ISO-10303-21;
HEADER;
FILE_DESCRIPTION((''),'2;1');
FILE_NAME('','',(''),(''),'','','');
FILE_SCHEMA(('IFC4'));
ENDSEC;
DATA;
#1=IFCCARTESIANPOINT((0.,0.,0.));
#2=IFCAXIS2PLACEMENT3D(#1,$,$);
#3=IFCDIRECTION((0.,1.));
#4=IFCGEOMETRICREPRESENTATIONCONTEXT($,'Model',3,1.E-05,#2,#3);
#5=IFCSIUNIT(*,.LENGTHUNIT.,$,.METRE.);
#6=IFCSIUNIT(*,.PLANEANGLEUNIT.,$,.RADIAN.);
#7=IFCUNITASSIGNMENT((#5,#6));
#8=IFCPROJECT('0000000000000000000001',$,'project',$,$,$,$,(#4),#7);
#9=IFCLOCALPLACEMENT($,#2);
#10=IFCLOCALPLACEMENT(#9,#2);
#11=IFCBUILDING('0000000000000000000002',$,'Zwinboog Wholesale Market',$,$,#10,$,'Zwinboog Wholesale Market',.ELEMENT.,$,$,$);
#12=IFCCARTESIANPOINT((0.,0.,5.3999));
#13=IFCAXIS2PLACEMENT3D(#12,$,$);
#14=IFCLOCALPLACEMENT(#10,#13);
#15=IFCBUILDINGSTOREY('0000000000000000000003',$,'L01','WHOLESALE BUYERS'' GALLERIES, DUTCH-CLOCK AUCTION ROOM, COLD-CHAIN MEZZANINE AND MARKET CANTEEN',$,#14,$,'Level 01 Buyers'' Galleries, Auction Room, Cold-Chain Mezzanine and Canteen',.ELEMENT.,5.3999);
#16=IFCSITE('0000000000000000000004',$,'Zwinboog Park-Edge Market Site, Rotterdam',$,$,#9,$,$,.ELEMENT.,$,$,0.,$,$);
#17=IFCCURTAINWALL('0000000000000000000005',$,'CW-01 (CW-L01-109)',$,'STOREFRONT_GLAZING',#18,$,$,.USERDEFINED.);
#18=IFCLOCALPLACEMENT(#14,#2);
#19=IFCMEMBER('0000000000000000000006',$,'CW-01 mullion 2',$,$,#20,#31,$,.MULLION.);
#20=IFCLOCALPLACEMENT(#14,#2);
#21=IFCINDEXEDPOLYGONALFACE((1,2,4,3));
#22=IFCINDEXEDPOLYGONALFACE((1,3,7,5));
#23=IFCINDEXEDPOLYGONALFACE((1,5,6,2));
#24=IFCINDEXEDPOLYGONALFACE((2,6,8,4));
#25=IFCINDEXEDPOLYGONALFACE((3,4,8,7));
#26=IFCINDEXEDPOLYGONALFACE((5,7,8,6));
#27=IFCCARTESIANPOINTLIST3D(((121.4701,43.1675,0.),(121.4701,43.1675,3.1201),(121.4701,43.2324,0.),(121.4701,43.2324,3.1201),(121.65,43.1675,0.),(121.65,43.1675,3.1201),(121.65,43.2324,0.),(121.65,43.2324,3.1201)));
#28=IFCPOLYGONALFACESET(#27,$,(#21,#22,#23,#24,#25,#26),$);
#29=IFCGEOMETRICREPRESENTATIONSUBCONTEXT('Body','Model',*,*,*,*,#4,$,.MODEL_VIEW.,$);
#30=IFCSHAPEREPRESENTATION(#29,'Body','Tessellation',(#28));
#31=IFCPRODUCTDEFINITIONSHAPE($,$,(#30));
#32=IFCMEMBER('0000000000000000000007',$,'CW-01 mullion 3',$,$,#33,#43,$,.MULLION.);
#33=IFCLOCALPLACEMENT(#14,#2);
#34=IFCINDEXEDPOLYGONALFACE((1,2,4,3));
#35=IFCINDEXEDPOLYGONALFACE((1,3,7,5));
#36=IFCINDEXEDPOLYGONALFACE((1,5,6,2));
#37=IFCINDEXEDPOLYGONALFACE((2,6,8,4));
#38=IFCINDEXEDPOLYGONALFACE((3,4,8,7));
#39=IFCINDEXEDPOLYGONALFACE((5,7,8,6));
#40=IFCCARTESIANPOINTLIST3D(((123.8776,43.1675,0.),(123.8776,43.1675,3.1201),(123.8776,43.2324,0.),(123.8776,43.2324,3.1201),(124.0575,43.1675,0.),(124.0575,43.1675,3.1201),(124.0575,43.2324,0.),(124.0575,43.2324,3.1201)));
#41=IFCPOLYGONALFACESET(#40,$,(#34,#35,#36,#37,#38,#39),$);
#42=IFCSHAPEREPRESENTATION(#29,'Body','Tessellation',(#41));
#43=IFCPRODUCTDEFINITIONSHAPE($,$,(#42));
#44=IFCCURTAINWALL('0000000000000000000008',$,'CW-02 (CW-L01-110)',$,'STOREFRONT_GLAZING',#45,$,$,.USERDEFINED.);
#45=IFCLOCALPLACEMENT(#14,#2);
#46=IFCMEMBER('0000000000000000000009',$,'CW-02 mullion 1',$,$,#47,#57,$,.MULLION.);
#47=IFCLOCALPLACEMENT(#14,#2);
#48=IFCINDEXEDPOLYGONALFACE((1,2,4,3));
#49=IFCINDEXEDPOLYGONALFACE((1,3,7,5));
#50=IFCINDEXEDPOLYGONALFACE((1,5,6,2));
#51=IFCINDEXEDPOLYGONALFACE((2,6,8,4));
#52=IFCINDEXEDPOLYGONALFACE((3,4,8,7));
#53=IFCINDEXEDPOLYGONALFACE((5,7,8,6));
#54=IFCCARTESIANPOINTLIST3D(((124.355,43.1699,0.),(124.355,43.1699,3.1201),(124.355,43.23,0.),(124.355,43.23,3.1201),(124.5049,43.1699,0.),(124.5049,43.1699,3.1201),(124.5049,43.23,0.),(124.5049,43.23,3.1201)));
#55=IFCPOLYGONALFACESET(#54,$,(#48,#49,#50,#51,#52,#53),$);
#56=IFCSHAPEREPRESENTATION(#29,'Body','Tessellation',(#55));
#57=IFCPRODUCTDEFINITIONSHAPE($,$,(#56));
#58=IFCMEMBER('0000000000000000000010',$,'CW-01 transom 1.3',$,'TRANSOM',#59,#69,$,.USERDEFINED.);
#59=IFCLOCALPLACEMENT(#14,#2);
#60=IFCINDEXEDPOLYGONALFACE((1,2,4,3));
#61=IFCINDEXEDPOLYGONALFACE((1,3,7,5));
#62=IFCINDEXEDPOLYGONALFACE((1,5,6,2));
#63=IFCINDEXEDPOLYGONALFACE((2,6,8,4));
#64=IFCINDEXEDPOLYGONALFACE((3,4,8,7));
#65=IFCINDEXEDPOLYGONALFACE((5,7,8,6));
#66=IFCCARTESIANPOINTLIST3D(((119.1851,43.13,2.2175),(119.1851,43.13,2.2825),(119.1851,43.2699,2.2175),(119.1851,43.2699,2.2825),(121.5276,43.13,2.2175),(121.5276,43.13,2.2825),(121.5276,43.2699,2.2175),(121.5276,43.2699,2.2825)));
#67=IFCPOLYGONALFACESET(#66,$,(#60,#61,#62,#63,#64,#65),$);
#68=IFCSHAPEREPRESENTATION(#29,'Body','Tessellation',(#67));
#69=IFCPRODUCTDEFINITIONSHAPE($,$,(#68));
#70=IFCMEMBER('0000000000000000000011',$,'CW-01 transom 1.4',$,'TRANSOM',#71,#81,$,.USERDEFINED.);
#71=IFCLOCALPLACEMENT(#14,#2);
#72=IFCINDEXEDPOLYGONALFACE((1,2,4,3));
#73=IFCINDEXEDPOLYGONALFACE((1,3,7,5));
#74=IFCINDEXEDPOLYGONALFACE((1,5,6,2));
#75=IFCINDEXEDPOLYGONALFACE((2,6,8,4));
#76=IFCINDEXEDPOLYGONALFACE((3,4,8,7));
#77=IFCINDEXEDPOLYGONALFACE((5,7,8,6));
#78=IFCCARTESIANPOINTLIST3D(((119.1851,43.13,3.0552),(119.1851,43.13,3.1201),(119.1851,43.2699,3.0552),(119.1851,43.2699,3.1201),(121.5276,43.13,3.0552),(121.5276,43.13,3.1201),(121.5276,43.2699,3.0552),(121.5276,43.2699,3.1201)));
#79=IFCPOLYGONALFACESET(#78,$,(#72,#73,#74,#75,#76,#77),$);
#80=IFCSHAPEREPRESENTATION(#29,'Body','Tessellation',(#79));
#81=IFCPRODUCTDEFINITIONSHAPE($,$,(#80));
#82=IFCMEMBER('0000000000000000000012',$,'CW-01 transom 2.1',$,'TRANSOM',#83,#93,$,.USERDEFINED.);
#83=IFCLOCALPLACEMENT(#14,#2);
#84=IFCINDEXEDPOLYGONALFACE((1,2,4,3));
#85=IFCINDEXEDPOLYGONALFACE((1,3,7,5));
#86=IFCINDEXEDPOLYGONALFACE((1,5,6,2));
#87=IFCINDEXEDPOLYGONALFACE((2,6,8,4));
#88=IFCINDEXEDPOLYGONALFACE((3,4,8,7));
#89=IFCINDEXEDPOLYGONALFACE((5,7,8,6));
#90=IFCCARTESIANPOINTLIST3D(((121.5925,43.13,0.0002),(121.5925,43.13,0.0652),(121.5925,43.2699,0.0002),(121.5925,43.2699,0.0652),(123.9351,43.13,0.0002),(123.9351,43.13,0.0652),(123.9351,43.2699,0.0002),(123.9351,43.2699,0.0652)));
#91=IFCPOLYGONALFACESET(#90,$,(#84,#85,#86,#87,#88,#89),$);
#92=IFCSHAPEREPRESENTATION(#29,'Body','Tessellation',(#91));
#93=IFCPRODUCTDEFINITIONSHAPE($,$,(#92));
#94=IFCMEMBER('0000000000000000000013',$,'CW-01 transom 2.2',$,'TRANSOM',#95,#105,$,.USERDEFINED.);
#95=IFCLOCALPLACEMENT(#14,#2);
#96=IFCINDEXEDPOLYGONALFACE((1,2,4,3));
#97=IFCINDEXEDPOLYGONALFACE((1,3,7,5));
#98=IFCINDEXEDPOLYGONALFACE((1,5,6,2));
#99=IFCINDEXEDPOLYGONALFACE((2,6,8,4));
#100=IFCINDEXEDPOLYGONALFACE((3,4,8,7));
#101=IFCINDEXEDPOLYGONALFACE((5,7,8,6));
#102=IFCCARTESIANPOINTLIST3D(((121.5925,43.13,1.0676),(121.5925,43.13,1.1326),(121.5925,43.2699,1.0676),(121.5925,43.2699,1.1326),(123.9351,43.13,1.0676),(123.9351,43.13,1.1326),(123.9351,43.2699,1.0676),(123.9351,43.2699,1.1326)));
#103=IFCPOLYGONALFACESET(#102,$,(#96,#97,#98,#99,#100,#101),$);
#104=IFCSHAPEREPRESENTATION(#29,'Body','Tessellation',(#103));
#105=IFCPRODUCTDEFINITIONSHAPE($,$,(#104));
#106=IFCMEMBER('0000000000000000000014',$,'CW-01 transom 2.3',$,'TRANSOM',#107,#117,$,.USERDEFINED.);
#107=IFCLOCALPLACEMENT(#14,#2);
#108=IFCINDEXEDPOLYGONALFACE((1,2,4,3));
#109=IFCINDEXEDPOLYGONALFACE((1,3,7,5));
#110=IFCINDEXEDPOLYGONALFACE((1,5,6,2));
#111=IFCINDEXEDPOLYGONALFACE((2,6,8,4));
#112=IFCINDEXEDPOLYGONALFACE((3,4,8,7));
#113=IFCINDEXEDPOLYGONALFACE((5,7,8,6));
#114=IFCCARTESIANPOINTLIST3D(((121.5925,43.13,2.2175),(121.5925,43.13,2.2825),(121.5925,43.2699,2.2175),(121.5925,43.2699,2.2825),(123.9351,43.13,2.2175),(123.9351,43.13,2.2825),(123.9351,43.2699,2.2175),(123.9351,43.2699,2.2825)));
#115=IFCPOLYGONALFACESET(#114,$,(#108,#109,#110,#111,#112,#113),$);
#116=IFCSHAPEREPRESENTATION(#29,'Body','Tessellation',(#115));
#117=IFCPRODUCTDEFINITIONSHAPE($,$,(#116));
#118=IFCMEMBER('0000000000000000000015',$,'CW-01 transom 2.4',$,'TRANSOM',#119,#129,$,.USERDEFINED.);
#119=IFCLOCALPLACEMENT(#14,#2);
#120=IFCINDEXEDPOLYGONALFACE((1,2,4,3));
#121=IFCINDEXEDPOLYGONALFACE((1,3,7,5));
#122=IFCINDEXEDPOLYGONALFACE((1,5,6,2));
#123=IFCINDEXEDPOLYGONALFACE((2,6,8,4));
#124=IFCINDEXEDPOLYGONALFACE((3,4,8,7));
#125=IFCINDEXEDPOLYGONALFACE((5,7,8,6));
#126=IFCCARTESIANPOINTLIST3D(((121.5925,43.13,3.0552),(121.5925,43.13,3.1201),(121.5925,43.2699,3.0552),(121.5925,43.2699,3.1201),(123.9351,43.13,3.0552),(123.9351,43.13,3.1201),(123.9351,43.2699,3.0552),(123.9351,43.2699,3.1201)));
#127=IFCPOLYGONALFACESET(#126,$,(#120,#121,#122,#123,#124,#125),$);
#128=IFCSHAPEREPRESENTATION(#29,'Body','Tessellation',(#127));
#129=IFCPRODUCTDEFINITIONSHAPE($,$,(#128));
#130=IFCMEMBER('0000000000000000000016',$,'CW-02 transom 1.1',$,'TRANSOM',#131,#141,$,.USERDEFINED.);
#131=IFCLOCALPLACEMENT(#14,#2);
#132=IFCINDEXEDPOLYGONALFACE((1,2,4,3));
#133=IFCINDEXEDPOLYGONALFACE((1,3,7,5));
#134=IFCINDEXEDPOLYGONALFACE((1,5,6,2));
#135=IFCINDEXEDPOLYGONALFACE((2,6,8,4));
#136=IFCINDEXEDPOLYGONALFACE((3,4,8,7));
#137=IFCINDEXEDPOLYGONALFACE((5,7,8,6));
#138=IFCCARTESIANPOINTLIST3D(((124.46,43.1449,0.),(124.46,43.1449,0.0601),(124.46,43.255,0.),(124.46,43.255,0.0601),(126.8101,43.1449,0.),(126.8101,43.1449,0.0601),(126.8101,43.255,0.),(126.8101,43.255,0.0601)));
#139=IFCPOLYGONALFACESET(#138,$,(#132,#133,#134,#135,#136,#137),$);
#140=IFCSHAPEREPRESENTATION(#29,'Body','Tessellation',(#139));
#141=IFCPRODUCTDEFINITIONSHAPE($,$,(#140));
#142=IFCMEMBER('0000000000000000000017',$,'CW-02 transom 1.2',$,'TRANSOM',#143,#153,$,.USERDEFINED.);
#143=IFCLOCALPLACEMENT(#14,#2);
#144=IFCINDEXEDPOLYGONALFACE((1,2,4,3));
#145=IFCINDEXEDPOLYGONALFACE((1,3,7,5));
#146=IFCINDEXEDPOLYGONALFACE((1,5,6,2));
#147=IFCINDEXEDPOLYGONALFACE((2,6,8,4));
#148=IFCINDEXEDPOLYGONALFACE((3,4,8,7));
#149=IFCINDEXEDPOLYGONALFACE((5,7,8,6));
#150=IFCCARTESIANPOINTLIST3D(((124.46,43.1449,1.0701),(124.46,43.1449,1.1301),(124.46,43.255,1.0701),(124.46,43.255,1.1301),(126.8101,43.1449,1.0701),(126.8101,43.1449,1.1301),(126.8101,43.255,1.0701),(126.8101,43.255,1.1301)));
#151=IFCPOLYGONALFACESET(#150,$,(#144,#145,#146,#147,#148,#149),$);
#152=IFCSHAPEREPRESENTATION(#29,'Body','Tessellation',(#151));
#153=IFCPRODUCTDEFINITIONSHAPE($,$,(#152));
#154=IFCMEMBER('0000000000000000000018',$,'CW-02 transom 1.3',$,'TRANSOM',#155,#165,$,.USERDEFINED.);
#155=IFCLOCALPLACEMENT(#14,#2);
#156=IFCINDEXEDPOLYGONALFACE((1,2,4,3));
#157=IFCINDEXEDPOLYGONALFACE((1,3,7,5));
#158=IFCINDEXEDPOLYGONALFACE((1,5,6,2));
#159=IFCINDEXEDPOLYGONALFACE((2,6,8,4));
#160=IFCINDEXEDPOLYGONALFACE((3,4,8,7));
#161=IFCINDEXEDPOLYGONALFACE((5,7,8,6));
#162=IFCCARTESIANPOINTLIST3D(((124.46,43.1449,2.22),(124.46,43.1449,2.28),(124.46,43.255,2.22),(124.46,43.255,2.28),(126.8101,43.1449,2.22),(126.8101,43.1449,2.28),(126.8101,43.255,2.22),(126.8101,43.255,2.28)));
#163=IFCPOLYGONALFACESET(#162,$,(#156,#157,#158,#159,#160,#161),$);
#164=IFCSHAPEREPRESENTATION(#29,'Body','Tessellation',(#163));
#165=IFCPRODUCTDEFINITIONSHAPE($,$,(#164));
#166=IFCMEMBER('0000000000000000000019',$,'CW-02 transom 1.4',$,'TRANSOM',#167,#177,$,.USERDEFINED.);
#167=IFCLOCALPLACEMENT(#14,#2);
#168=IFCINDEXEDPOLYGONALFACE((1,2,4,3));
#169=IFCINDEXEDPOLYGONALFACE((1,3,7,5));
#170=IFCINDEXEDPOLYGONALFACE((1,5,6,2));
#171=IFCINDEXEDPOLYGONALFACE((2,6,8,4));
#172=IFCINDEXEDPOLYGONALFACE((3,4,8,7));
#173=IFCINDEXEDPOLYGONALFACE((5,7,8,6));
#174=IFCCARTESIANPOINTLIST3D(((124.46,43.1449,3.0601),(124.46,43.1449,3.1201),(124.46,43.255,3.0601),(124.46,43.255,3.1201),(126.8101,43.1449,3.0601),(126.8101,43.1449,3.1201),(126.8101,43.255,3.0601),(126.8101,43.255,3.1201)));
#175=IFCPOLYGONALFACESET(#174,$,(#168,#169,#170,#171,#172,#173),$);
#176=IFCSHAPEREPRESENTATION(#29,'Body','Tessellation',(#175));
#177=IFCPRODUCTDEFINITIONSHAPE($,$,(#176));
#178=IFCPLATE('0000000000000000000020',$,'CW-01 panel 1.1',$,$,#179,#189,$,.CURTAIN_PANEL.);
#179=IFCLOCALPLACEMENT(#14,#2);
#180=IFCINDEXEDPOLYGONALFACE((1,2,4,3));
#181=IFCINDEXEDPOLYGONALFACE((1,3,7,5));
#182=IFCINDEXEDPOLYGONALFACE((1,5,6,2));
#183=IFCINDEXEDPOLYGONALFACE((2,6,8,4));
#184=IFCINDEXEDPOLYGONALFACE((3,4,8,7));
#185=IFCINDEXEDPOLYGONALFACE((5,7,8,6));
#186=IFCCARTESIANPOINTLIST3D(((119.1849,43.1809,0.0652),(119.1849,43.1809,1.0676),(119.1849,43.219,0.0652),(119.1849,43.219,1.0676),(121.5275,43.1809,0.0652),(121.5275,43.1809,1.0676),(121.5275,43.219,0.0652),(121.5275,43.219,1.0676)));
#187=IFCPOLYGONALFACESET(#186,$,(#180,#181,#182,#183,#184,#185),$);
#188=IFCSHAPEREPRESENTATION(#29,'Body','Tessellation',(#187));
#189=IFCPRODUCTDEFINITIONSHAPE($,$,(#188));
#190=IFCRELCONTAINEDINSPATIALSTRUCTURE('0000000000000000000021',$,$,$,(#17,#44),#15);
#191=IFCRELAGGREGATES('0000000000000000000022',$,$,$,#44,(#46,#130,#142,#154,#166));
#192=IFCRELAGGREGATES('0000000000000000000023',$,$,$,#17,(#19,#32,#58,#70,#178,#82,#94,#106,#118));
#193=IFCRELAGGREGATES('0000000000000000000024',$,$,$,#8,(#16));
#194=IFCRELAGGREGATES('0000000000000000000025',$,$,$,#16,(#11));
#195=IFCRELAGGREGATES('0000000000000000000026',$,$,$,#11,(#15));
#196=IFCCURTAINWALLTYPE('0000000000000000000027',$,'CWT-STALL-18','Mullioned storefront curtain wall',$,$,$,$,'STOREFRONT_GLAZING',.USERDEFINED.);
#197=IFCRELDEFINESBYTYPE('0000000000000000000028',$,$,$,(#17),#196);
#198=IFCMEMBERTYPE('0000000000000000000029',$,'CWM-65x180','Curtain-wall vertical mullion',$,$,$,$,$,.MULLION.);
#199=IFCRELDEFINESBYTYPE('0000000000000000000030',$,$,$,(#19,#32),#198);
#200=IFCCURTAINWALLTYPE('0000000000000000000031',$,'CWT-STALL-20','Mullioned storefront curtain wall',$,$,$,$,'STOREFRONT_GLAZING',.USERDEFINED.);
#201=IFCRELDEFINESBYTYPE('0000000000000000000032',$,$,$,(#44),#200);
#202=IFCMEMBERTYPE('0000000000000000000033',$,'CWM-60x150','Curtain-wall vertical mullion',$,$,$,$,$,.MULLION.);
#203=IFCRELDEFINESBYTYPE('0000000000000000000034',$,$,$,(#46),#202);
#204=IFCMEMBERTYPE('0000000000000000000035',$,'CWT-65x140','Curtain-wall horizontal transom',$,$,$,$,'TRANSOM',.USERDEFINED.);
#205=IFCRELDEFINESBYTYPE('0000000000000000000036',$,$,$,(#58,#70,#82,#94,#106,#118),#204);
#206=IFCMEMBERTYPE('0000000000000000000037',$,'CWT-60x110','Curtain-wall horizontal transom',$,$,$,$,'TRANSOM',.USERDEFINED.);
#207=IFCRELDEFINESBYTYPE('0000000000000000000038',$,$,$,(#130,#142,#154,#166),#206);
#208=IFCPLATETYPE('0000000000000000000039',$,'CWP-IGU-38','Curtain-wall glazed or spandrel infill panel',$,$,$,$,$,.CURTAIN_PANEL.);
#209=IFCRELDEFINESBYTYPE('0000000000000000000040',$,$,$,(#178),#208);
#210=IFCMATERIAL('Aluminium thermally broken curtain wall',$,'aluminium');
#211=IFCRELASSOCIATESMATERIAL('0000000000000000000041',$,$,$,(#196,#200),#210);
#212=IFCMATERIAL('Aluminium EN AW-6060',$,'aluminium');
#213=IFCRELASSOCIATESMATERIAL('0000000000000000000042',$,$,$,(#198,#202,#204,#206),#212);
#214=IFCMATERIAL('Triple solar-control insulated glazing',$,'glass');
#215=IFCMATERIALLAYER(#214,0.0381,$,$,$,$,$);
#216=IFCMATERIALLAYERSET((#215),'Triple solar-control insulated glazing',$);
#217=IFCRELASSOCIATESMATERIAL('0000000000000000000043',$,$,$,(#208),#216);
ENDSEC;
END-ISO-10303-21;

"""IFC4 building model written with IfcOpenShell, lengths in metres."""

from ifc_helpers import new_model, si_unit, direction, frame, origin, origin_2d, place, context, subcontext, project, spatial, rectangle, extrude, material, layer, layer_set, material_profile, profile_set, type_object, element, aggregate, save


model = new_model("IFC4")

# Units and contexts
model_context = context("Model", 3, precision=1e-05, world=origin(), true_north=direction((0.0, 1.0)))
body_context = subcontext(model_context, "Body", "Model", "MODEL_VIEW")
ifc_project = project(units=[si_unit("LENGTHUNIT", "METRE"), si_unit("PLANEANGLEUNIT", "RADIAN")], contexts=[model_context])

# Site, building, storey
site_placement = place(None, origin())
site = spatial("IfcSite", under=ifc_project, at=site_placement, Name="Zwinboog Park-Edge Market Site, Rotterdam", CompositionType="ELEMENT", RefElevation=0.0)
building_placement = place(site_placement, origin())
building = spatial("IfcBuilding", under=site, at=building_placement, Name="Zwinboog Wholesale Market", LongName="Zwinboog Wholesale Market", CompositionType="ELEMENT")
storey_placement = place(building_placement, frame((0.0, 0.0, 5.3999)))
storey = spatial("IfcBuildingStorey", under=building, at=storey_placement, Name="L01", Description="WHOLESALE BUYERS' GALLERIES, DUTCH-CLOCK AUCTION ROOM, COLD-CHAIN MEZZANINE AND MARKET CANTEEN", LongName="Level 01 Buyers' Galleries, Auction Room, Cold-Chain Mezzanine and Canteen", CompositionType="ELEMENT", Elevation=5.3999)

# Curtain wall, members
ifc_material_1 = material(Name="Aluminium thermally broken curtain wall", Category="aluminium")
curtain_wall_type_1 = type_object("IfcCurtainWallType", Name="CWT-STALL-18", Description="Mullioned storefront curtain wall", ElementType="STOREFRONT_GLAZING", PredefinedType="USERDEFINED", material=ifc_material_1)
curtain_wall_1_placement = place(storey_placement, origin())
curtain_wall_1 = element("IfcCurtainWall", 1, at=curtain_wall_1_placement, inside=storey, type_object=curtain_wall_type_1, Name="CW-01 (CW-L01-109)", ObjectType="STOREFRONT_GLAZING", PredefinedType="USERDEFINED")
ifc_material_2 = material(Name="Aluminium EN AW-6060", Category="aluminium")
ifc_material_profile_1 = material_profile(ifc_material_2, rectangle(XDim=0.0649, YDim=0.1799, at=origin_2d()), Name="AL 65x180")
ifc_profile_set_1 = profile_set([ifc_material_profile_1], Name="Aluminium EN AW-6060")
member_type_1 = type_object("IfcMemberType", Name="CWM-65x180", Description="Curtain-wall vertical mullion", PredefinedType="MULLION", material=ifc_profile_set_1)
member_1_placement = place(storey_placement, frame((121.5601, 43.2, 0.0), z_axis=(0.0, 0.0, 1.0), x_axis=(0.0, 1.0, 0.0)))
member_1 = element("IfcMember", 2, at=member_1_placement, type_object=member_type_1, Name="CW-01 mullion 2", PredefinedType="MULLION", context=body_context, shape_type="SweptSolid", body=[
    extrude(rectangle(XDim=0.0649, YDim=0.1799, at=origin_2d()), origin(), (0.0, 0.0, 1.0), 3.1201),
])
member_2_placement = place(storey_placement, frame((123.9675, 43.2, 0.0), z_axis=(0.0, 0.0, 1.0), x_axis=(0.0, 1.0, 0.0)))
member_2 = element("IfcMember", 3, at=member_2_placement, type_object=member_type_1, Name="CW-01 mullion 3", PredefinedType="MULLION", context=body_context, shape_type="SweptSolid", body=[
    extrude(rectangle(XDim=0.0649, YDim=0.1799, at=origin_2d()), origin(), (0.0, 0.0, 1.0), 3.1201),
])

# Curtain wall, member
curtain_wall_type_2 = type_object("IfcCurtainWallType", Name="CWT-STALL-20", Description="Mullioned storefront curtain wall", ElementType="STOREFRONT_GLAZING", PredefinedType="USERDEFINED", material=ifc_material_1)
curtain_wall_2_placement = place(storey_placement, origin())
curtain_wall_2 = element("IfcCurtainWall", 4, at=curtain_wall_2_placement, inside=storey, type_object=curtain_wall_type_2, Name="CW-02 (CW-L01-110)", ObjectType="STOREFRONT_GLAZING", PredefinedType="USERDEFINED")
ifc_material_profile_2 = material_profile(ifc_material_2, rectangle(XDim=0.0601, YDim=0.1499, at=origin_2d()), Name="AL 60x150")
ifc_profile_set_2 = profile_set([ifc_material_profile_2], Name="Aluminium EN AW-6060")
member_type_2 = type_object("IfcMemberType", Name="CWM-60x150", Description="Curtain-wall vertical mullion", PredefinedType="MULLION", material=ifc_profile_set_2)
member_3_placement = place(storey_placement, frame((124.4299, 43.2, 0.0), z_axis=(0.0, 0.0, 1.0), x_axis=(0.0, 1.0, 0.0)))
member_3 = element("IfcMember", 5, at=member_3_placement, type_object=member_type_2, Name="CW-02 mullion 1", PredefinedType="MULLION", context=body_context, shape_type="SweptSolid", body=[
    extrude(rectangle(XDim=0.0601, YDim=0.1499, at=origin_2d()), origin(), (0.0, 0.0, 1.0), 3.1201),
])

# Members
ifc_material_profile_3 = material_profile(ifc_material_2, rectangle(XDim=0.1399, YDim=0.0649, at=origin_2d()), Name="AL 65x140")
ifc_profile_set_3 = profile_set([ifc_material_profile_3], Name="Aluminium EN AW-6060")
member_type_3 = type_object("IfcMemberType", Name="CWT-65x140", Description="Curtain-wall horizontal transom", ElementType="TRANSOM", PredefinedType="USERDEFINED", material=ifc_profile_set_3)
member_4_placement = place(storey_placement, frame((119.1851, 43.2, 2.25), z_axis=(1.0, 0.0, 0.0), x_axis=(0.0, 1.0, 0.0)))
member_4 = element("IfcMember", 6, at=member_4_placement, type_object=member_type_3, Name="CW-01 transom 1.3", ObjectType="TRANSOM", PredefinedType="USERDEFINED", context=body_context, shape_type="SweptSolid", body=[
    extrude(rectangle(XDim=0.1399, YDim=0.0649, at=origin_2d()), origin(), (0.0, 0.0, 1.0), 2.3425),
])
member_5_placement = place(storey_placement, frame((119.1851, 43.2, 3.0876), z_axis=(1.0, 0.0, 0.0), x_axis=(0.0, 1.0, 0.0)))
member_5 = element("IfcMember", 7, at=member_5_placement, type_object=member_type_3, Name="CW-01 transom 1.4", ObjectType="TRANSOM", PredefinedType="USERDEFINED", context=body_context, shape_type="SweptSolid", body=[
    extrude(rectangle(XDim=0.1399, YDim=0.0649, at=origin_2d()), origin(), (0.0, 0.0, 1.0), 2.3425),
])
member_6_placement = place(storey_placement, frame((121.5925, 43.2, 0.0327), z_axis=(1.0, 0.0, 0.0), x_axis=(0.0, 1.0, 0.0)))
member_6 = element("IfcMember", 8, at=member_6_placement, type_object=member_type_3, Name="CW-01 transom 2.1", ObjectType="TRANSOM", PredefinedType="USERDEFINED", context=body_context, shape_type="SweptSolid", body=[
    extrude(rectangle(XDim=0.1399, YDim=0.0649, at=origin_2d()), origin(), (0.0, 0.0, 1.0), 2.3425),
])
member_7_placement = place(storey_placement, frame((121.5925, 43.2, 1.1001), z_axis=(1.0, 0.0, 0.0), x_axis=(0.0, 1.0, 0.0)))
member_7 = element("IfcMember", 9, at=member_7_placement, type_object=member_type_3, Name="CW-01 transom 2.2", ObjectType="TRANSOM", PredefinedType="USERDEFINED", context=body_context, shape_type="SweptSolid", body=[
    extrude(rectangle(XDim=0.1399, YDim=0.0649, at=origin_2d()), origin(), (0.0, 0.0, 1.0), 2.3425),
])
member_8_placement = place(storey_placement, frame((121.5925, 43.2, 2.25), z_axis=(1.0, 0.0, 0.0), x_axis=(0.0, 1.0, 0.0)))
member_8 = element("IfcMember", 10, at=member_8_placement, type_object=member_type_3, Name="CW-01 transom 2.3", ObjectType="TRANSOM", PredefinedType="USERDEFINED", context=body_context, shape_type="SweptSolid", body=[
    extrude(rectangle(XDim=0.1399, YDim=0.0649, at=origin_2d()), origin(), (0.0, 0.0, 1.0), 2.3425),
])
member_9_placement = place(storey_placement, frame((121.5925, 43.2, 3.0876), z_axis=(1.0, 0.0, 0.0), x_axis=(0.0, 1.0, 0.0)))
member_9 = element("IfcMember", 11, at=member_9_placement, type_object=member_type_3, Name="CW-01 transom 2.4", ObjectType="TRANSOM", PredefinedType="USERDEFINED", context=body_context, shape_type="SweptSolid", body=[
    extrude(rectangle(XDim=0.1399, YDim=0.0649, at=origin_2d()), origin(), (0.0, 0.0, 1.0), 2.3425),
])
ifc_material_profile_4 = material_profile(ifc_material_2, rectangle(XDim=0.1101, YDim=0.0601, at=origin_2d()), Name="AL 60x110")
ifc_profile_set_4 = profile_set([ifc_material_profile_4], Name="Aluminium EN AW-6060")
member_type_4 = type_object("IfcMemberType", Name="CWT-60x110", Description="Curtain-wall horizontal transom", ElementType="TRANSOM", PredefinedType="USERDEFINED", material=ifc_profile_set_4)
member_10_placement = place(storey_placement, frame((124.46, 43.2, 0.03), z_axis=(1.0, 0.0, 0.0), x_axis=(0.0, 1.0, 0.0)))
member_10 = element("IfcMember", 12, at=member_10_placement, type_object=member_type_4, Name="CW-02 transom 1.1", ObjectType="TRANSOM", PredefinedType="USERDEFINED", context=body_context, shape_type="SweptSolid", body=[
    extrude(rectangle(XDim=0.1101, YDim=0.0601, at=origin_2d()), origin(), (0.0, 0.0, 1.0), 2.3501),
])
member_11_placement = place(storey_placement, frame((124.46, 43.2, 1.1001), z_axis=(1.0, 0.0, 0.0), x_axis=(0.0, 1.0, 0.0)))
member_11 = element("IfcMember", 13, at=member_11_placement, type_object=member_type_4, Name="CW-02 transom 1.2", ObjectType="TRANSOM", PredefinedType="USERDEFINED", context=body_context, shape_type="SweptSolid", body=[
    extrude(rectangle(XDim=0.1101, YDim=0.0601, at=origin_2d()), origin(), (0.0, 0.0, 1.0), 2.3501),
])
member_12_placement = place(storey_placement, frame((124.46, 43.2, 2.25), z_axis=(1.0, 0.0, 0.0), x_axis=(0.0, 1.0, 0.0)))
member_12 = element("IfcMember", 14, at=member_12_placement, type_object=member_type_4, Name="CW-02 transom 1.3", ObjectType="TRANSOM", PredefinedType="USERDEFINED", context=body_context, shape_type="SweptSolid", body=[
    extrude(rectangle(XDim=0.1101, YDim=0.0601, at=origin_2d()), origin(), (0.0, 0.0, 1.0), 2.3501),
])
member_13_placement = place(storey_placement, frame((124.46, 43.2, 3.0901), z_axis=(1.0, 0.0, 0.0), x_axis=(0.0, 1.0, 0.0)))
member_13 = element("IfcMember", 15, at=member_13_placement, type_object=member_type_4, Name="CW-02 transom 1.4", ObjectType="TRANSOM", PredefinedType="USERDEFINED", context=body_context, shape_type="SweptSolid", body=[
    extrude(rectangle(XDim=0.1101, YDim=0.0601, at=origin_2d()), origin(), (0.0, 0.0, 1.0), 2.3501),
])
aggregate(curtain_wall_2, [member_3, member_10, member_11, member_12, member_13])

# Plate
ifc_material_3 = material(Name="Triple solar-control insulated glazing", Category="glass")
ifc_layer_1 = layer(ifc_material_3, 0.0381)
ifc_layer_set_1 = layer_set([ifc_layer_1], Name="Triple solar-control insulated glazing")
plate_type = type_object("IfcPlateType", Name="CWP-IGU-38", Description="Curtain-wall glazed or spandrel infill panel", PredefinedType="CURTAIN_PANEL", material=ifc_layer_set_1)
plate_1_placement = place(storey_placement, frame((120.3562, 43.2, 0.0652), z_axis=(0.0, 0.0, 1.0), x_axis=(1.0, 0.0, 0.0)))
plate_1 = element("IfcPlate", 16, at=plate_1_placement, type_object=plate_type, Name="CW-01 panel 1.1", PredefinedType="CURTAIN_PANEL", context=body_context, shape_type="SweptSolid", body=[
    extrude(rectangle(XDim=2.3425, YDim=0.0381, at=origin_2d()), origin(), (0.0, 0.0, 1.0), 1.0024),
])
aggregate(curtain_wall_1, [member_1, member_2, member_4, member_5, plate_1, member_6, member_7, member_8, member_9])

save(model, "model.ifc")
